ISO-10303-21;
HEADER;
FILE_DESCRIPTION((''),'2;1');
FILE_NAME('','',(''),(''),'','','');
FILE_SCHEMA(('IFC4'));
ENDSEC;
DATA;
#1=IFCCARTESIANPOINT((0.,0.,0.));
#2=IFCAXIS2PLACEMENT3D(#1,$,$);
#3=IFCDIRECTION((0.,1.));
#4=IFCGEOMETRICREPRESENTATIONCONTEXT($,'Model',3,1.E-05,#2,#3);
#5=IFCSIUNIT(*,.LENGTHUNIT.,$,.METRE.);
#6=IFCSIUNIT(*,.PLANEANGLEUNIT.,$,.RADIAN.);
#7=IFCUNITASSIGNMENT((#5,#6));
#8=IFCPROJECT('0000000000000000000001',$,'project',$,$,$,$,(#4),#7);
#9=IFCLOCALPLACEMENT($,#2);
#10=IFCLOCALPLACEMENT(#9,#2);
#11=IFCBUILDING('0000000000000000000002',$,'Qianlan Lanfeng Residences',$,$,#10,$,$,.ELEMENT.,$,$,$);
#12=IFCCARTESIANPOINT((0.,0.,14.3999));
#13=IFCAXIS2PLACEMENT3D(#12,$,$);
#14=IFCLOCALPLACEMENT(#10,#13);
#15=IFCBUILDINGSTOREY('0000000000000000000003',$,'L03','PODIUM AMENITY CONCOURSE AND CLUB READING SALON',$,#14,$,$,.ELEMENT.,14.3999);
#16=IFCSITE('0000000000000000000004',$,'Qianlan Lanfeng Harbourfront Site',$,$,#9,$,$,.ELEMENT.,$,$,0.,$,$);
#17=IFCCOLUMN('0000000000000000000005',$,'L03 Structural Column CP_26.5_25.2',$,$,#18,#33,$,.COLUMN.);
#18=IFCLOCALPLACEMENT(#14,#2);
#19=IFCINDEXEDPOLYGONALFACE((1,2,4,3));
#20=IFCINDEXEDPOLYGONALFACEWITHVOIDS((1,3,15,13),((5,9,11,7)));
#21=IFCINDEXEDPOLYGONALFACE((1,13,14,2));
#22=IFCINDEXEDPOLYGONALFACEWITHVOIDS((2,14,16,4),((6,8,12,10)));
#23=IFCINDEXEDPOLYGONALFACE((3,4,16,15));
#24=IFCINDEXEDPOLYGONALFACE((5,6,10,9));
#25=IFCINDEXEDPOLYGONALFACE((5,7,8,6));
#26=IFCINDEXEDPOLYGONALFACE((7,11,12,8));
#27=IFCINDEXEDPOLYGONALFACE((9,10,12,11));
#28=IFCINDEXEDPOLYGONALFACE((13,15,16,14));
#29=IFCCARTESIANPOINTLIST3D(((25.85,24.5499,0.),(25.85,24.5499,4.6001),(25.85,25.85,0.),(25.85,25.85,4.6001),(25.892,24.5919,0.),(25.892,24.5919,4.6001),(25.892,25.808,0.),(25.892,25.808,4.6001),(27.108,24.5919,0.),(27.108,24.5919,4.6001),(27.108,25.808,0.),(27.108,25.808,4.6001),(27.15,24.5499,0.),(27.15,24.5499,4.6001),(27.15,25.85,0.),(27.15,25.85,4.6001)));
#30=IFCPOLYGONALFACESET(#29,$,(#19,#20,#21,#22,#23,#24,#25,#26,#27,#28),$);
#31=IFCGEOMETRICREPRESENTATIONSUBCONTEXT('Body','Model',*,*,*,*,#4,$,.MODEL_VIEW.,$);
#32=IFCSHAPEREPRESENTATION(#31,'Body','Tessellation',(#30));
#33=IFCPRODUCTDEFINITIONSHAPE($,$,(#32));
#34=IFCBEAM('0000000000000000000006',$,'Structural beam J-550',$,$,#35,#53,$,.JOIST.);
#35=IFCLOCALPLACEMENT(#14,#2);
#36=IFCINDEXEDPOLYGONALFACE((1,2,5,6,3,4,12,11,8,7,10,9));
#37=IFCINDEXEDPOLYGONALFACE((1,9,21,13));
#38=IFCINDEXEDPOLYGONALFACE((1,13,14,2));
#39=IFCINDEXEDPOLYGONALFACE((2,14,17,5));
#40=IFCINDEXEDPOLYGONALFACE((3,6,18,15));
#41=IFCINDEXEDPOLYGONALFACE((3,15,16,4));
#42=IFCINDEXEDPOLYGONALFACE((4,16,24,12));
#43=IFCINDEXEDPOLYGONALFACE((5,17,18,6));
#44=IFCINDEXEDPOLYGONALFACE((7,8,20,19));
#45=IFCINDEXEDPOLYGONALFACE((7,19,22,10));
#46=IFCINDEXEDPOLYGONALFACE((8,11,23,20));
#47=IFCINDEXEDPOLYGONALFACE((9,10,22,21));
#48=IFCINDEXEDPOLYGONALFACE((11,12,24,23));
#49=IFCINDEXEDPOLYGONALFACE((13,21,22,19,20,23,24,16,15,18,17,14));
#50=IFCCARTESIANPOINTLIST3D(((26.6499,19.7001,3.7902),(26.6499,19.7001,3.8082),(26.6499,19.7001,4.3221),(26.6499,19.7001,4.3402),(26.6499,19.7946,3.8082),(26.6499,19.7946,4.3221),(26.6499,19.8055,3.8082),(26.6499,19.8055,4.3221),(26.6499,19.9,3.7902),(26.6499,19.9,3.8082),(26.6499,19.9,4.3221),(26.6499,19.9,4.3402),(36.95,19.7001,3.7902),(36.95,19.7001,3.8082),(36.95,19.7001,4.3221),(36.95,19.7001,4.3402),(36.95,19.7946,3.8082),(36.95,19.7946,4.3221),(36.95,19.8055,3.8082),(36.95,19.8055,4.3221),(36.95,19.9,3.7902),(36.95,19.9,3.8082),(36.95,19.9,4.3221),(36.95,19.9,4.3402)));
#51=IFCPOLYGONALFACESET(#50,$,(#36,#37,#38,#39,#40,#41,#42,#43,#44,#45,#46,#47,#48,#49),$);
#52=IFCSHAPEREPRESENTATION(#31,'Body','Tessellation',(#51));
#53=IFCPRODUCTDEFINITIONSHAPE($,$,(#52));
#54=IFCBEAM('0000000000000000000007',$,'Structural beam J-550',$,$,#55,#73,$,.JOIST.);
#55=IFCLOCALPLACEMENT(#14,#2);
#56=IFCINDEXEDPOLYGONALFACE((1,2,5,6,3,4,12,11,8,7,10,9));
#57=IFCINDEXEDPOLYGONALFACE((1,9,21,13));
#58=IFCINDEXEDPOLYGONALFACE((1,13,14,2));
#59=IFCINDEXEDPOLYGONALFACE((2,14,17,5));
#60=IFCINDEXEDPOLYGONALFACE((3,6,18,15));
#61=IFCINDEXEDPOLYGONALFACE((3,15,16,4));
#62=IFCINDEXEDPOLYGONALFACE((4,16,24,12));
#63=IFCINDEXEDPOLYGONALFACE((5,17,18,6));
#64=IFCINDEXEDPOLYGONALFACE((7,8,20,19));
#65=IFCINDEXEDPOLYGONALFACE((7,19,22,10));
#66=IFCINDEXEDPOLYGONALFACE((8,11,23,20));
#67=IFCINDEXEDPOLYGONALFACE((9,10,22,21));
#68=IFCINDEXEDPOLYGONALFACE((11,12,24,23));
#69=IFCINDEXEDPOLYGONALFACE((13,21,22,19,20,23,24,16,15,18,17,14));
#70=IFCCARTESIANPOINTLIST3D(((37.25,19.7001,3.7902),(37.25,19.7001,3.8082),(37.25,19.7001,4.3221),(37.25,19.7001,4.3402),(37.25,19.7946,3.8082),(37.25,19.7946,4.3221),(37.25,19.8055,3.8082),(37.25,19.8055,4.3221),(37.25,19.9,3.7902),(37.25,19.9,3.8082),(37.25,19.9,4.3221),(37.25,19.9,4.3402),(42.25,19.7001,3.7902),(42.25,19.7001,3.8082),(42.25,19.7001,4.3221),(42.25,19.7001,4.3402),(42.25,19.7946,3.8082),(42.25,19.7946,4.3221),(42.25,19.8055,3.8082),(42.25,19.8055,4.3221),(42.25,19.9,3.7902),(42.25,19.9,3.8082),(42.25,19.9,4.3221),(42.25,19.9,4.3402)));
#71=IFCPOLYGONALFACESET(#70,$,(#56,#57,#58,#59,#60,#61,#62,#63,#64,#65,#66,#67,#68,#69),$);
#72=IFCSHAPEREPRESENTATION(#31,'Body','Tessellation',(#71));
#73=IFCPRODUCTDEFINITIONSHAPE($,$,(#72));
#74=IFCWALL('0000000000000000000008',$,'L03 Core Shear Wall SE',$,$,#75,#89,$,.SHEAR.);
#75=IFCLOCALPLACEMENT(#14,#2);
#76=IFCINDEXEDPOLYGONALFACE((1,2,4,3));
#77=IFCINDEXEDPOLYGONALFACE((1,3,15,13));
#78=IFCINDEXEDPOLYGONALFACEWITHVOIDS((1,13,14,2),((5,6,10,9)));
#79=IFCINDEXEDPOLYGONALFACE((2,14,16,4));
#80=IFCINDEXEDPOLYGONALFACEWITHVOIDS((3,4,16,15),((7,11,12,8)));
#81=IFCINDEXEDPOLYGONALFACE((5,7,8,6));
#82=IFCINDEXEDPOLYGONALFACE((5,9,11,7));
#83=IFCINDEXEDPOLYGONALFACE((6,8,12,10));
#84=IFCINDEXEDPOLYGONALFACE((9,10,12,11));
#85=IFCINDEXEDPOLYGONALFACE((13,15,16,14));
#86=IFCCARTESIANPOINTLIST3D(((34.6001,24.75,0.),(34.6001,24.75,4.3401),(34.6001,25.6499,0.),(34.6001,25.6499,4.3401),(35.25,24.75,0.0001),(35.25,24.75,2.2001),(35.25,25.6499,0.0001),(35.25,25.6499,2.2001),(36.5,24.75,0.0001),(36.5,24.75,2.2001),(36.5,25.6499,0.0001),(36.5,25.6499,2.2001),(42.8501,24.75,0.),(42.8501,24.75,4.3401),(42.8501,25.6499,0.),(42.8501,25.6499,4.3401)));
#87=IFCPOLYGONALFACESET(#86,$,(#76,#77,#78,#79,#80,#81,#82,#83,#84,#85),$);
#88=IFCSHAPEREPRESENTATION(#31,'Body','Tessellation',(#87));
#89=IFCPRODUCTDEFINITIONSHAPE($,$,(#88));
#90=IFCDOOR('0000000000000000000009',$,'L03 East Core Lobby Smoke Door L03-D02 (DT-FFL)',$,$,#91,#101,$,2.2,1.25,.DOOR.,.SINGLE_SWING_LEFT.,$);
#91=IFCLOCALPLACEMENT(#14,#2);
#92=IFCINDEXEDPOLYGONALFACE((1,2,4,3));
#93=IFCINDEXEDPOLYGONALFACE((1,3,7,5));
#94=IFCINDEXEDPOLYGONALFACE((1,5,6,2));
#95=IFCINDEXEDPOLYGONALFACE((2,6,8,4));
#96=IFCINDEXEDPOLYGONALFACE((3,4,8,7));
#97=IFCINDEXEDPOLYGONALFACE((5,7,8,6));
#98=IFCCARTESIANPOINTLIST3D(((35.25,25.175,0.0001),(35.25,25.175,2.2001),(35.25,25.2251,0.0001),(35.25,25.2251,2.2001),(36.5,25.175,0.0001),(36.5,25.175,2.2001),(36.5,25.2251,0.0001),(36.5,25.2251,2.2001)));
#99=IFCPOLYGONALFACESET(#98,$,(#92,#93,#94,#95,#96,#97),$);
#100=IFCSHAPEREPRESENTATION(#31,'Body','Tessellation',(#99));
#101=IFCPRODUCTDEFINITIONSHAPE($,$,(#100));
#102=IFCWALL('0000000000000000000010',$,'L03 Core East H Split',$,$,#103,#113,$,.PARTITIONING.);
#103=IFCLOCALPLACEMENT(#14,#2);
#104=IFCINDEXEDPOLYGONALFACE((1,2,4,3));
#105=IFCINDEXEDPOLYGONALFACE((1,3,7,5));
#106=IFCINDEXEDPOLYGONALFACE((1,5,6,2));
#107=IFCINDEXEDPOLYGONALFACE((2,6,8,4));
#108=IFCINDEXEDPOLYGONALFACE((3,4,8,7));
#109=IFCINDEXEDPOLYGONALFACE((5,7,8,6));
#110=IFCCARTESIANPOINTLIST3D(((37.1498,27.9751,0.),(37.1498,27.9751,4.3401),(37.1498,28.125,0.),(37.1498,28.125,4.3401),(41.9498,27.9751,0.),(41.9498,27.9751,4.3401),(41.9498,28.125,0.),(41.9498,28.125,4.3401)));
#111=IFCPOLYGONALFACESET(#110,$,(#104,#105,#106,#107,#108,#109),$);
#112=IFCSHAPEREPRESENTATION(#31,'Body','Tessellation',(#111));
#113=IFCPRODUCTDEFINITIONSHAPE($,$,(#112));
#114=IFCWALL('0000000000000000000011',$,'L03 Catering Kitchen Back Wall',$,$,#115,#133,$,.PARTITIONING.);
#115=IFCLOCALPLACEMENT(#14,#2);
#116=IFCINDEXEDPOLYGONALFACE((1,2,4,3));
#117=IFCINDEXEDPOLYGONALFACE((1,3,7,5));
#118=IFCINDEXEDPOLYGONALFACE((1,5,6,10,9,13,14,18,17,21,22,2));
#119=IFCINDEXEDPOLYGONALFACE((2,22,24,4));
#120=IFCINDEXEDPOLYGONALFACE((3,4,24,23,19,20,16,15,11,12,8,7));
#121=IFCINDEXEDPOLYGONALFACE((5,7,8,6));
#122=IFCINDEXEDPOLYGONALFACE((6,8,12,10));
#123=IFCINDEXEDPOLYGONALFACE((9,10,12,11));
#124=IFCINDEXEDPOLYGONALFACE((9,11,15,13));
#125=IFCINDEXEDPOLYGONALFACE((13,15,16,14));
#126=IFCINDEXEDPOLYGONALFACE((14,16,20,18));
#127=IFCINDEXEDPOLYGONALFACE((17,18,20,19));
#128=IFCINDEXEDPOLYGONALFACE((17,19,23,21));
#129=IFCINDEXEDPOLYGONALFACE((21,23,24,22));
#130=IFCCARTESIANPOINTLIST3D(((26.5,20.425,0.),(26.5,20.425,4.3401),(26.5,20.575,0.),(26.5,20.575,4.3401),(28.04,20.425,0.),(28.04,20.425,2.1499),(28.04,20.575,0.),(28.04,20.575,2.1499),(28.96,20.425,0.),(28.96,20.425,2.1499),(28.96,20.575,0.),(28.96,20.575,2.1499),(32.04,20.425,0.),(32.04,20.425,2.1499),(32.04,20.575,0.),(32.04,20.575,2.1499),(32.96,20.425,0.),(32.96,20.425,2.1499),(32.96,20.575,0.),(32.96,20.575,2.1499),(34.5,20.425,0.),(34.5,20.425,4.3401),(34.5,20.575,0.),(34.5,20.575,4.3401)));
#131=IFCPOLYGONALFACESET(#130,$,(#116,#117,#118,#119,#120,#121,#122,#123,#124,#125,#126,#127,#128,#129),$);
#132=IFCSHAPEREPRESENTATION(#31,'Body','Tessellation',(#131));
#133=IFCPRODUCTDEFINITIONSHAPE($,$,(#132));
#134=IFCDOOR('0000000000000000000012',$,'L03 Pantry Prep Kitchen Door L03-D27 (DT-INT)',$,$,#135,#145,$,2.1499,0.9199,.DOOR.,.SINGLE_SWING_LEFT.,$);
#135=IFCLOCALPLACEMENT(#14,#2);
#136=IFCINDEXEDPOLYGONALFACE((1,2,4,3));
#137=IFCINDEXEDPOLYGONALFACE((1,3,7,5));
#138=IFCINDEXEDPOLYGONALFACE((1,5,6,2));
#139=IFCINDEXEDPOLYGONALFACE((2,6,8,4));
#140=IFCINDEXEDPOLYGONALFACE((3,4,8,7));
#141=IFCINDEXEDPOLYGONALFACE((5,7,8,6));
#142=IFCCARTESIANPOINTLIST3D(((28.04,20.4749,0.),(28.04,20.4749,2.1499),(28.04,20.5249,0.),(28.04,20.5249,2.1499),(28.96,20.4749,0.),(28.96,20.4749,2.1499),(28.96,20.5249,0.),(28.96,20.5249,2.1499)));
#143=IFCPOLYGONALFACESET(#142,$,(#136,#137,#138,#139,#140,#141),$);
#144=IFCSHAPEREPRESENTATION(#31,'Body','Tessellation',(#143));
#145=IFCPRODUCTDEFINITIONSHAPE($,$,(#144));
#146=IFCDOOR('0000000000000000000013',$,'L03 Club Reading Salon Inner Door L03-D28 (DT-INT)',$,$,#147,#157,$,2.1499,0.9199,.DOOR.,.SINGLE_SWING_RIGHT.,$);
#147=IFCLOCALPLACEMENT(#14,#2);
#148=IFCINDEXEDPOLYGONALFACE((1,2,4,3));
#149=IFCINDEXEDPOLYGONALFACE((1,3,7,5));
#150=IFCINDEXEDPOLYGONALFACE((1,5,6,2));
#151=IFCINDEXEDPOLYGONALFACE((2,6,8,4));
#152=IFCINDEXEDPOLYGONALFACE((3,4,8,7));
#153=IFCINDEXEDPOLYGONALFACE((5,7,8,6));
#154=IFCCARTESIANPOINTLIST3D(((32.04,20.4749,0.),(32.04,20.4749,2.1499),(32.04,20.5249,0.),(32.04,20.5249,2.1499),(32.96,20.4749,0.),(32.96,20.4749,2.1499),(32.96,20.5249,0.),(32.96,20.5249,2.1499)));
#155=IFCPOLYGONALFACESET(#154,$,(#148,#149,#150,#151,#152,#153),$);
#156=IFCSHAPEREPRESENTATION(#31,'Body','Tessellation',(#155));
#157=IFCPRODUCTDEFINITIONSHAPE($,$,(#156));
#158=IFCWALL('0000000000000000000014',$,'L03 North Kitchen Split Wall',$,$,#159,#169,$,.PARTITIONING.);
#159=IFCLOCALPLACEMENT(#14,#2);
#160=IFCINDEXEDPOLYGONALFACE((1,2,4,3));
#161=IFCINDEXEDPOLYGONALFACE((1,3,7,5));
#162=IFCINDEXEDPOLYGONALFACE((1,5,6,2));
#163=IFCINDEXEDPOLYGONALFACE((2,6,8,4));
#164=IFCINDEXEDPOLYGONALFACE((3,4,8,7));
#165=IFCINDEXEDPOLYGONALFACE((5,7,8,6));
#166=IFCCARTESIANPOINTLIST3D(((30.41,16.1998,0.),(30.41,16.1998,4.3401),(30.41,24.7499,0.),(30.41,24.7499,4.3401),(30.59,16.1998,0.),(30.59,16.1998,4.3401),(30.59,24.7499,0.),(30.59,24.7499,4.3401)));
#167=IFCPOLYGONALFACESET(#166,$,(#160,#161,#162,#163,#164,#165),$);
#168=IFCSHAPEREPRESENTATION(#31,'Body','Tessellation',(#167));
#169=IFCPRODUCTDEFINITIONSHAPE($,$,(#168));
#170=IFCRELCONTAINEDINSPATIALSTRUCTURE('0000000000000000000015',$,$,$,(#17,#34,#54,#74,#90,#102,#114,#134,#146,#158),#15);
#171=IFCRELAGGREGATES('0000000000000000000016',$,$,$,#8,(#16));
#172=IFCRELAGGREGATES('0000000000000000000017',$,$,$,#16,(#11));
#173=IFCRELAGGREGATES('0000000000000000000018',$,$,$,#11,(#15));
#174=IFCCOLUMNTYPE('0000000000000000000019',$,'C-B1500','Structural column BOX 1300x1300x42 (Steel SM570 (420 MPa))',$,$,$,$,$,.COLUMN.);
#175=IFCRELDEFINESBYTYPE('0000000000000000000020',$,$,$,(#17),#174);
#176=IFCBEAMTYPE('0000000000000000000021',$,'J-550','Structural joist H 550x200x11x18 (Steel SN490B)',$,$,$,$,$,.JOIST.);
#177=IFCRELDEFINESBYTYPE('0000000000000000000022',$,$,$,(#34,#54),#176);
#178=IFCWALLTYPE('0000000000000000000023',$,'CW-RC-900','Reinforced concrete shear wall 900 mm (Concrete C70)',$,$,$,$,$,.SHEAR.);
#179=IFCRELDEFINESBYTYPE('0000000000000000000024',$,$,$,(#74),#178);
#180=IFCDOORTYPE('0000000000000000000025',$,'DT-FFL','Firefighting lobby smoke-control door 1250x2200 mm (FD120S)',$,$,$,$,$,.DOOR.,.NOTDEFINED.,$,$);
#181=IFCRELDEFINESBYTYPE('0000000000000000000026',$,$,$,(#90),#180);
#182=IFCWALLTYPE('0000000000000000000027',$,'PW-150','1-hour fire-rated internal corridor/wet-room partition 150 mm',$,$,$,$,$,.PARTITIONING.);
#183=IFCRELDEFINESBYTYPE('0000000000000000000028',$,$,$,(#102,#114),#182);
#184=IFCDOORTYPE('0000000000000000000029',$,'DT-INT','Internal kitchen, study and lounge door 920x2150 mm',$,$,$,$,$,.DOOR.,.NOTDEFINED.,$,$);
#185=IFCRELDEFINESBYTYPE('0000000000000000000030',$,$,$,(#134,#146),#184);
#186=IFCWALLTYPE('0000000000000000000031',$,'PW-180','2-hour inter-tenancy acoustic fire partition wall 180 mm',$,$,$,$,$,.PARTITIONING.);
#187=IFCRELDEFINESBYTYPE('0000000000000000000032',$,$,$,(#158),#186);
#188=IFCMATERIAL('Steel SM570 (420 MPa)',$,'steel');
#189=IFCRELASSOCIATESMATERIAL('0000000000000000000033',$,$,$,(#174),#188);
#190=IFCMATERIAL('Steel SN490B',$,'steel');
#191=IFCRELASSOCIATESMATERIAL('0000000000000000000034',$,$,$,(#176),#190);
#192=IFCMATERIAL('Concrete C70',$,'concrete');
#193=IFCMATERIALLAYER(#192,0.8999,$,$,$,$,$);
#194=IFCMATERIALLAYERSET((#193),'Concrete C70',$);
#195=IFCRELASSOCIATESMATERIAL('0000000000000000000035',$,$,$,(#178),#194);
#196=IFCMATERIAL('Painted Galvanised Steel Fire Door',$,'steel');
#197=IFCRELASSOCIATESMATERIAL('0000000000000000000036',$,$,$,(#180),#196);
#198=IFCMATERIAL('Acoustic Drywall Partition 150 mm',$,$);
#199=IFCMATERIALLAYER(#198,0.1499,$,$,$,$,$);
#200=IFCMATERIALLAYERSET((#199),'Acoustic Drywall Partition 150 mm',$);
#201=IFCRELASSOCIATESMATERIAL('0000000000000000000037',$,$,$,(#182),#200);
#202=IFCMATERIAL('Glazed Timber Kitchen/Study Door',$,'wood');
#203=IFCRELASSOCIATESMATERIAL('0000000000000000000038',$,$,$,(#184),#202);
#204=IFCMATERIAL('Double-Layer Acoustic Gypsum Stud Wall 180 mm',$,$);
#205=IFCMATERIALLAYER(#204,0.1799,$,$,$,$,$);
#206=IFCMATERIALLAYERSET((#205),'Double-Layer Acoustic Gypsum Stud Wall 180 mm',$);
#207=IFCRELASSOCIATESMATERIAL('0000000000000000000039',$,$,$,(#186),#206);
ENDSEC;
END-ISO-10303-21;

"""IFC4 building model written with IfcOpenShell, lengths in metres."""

from ifc_helpers import new_model, si_unit, direction, frame, frame_2d, origin, origin_2d, place, context, subcontext, project, spatial, rectangle, hollow_rectangle, i_section, extrude, material, layer, layer_set, material_profile, profile_set, type_object, element, fill, save


model = new_model("IFC4")

# Units and contexts
model_context = context("Model", 3, precision=1e-05, world=origin(), true_north=direction((0.0, 1.0)))
body_context = subcontext(model_context, "Body", "Model", "MODEL_VIEW")
ifc_project = project(units=[si_unit("LENGTHUNIT", "METRE"), si_unit("PLANEANGLEUNIT", "RADIAN")], contexts=[model_context])

# Site, building, storey
site_placement = place(None, origin())
site = spatial("IfcSite", under=ifc_project, at=site_placement, Name="Qianlan Lanfeng Harbourfront Site", CompositionType="ELEMENT", RefElevation=0.0)
building_placement = place(site_placement, origin())
building = spatial("IfcBuilding", under=site, at=building_placement, Name="Qianlan Lanfeng Residences", CompositionType="ELEMENT")
storey_placement = place(building_placement, frame((0.0, 0.0, 14.3999)))
storey = spatial("IfcBuildingStorey", under=building, at=storey_placement, Name="L03", Description="PODIUM AMENITY CONCOURSE AND CLUB READING SALON", CompositionType="ELEMENT", Elevation=14.3999)

# Column
ifc_material_1 = material(Name="Steel SM570 (420 MPa)", Category="steel")
ifc_material_profile_1 = material_profile(ifc_material_1, hollow_rectangle(XDim=1.3, YDim=1.3, WallThickness=0.042, at=origin_2d()), Name="BOX 1300x1300x42")
ifc_profile_set_1 = profile_set([ifc_material_profile_1], Name="Steel SM570 (420 MPa)")
column_type = type_object("IfcColumnType", Name="C-B1500", Description="Structural column BOX 1300x1300x42 (Steel SM570 (420 MPa))", PredefinedType="COLUMN", material=ifc_profile_set_1)
column_placement = place(storey_placement, frame((26.5, 25.2, 0.0), z_axis=(0.0, 0.0, 1.0), x_axis=(1.0, 0.0, 0.0)))
element("IfcColumn", 1, at=column_placement, inside=storey, type_object=column_type, Name="L03 Structural Column CP_26.5_25.2", PredefinedType="COLUMN", context=body_context, shape_type="SweptSolid", body=[
    extrude(hollow_rectangle(XDim=1.3, YDim=1.3, WallThickness=0.042, at=origin_2d()), origin(), (0.0, 0.0, 1.0), 4.6001),
])

# Beams
ifc_material_2 = material(Name="Steel SN490B", Category="steel")
ifc_material_profile_2 = material_profile(ifc_material_2, i_section(OverallWidth=0.2, OverallDepth=0.55, WebThickness=0.011, FlangeThickness=0.0181, at=origin_2d()), Name="H 550x200x11x18")
ifc_profile_set_2 = profile_set([ifc_material_profile_2], Name="Steel SN490B")
beam_type = type_object("IfcBeamType", Name="J-550", Description="Structural joist H 550x200x11x18 (Steel SN490B)", PredefinedType="JOIST", material=ifc_profile_set_2)
beam_1_placement = place(storey_placement, frame((26.6499, 19.8, 4.0652), z_axis=(1.0, 0.0, 0.0), x_axis=(0.0, 1.0, 0.0)))
element("IfcBeam", 2, at=beam_1_placement, inside=storey, type_object=beam_type, Name="Structural beam J-550", PredefinedType="JOIST", context=body_context, shape_type="SweptSolid", body=[
    extrude(i_section(OverallWidth=0.2, OverallDepth=0.55, WebThickness=0.011, FlangeThickness=0.0181, at=origin_2d()), origin(), (0.0, 0.0, 1.0), 10.3),
])
beam_2_placement = place(storey_placement, frame((37.25, 19.8, 4.0652), z_axis=(1.0, 0.0, 0.0), x_axis=(0.0, 1.0, 0.0)))
element("IfcBeam", 3, at=beam_2_placement, inside=storey, type_object=beam_type, Name="Structural beam J-550", PredefinedType="JOIST", context=body_context, shape_type="SweptSolid", body=[
    extrude(i_section(OverallWidth=0.2, OverallDepth=0.55, WebThickness=0.011, FlangeThickness=0.0181, at=origin_2d()), origin(), (0.0, 0.0, 1.0), 5.0),
])

# Wall, opening, door
ifc_material_3 = material(Name="Concrete C70", Category="concrete")
ifc_layer_1 = layer(ifc_material_3, 0.8999)
ifc_layer_set_1 = layer_set([ifc_layer_1], Name="Concrete C70")
wall_type_1 = type_object("IfcWallType", Name="CW-RC-900", Description="Reinforced concrete shear wall 900 mm (Concrete C70)", PredefinedType="SHEAR", material=ifc_layer_set_1)
wall_1_placement = place(storey_placement, frame((34.6001, 25.2, 0.0), z_axis=(0.0, 0.0, 1.0), x_axis=(1.0, 0.0, 0.0)))
wall_1 = element("IfcWall", 4, at=wall_1_placement, inside=storey, type_object=wall_type_1, Name="L03 Core Shear Wall SE", PredefinedType="SHEAR", context=body_context, shape_type="SweptSolid", body=[
    extrude(rectangle(XDim=8.25, YDim=0.8999, at=frame_2d((4.125, 0.0))), origin(), (0.0, 0.0, 1.0), 4.3401),
])
opening_1_placement = place(wall_1_placement, frame((0.6499, 0.0, 0.0)))
opening_1 = element("IfcOpeningElement", 5, at=opening_1_placement, cuts=wall_1, PredefinedType="OPENING", context=body_context, shape_type="SweptSolid", body=[
    extrude(rectangle(XDim=1.25, YDim=2.2, at=frame_2d((0.625, 1.1001))), frame((0.0, 0.46, 0.0), z_axis=(0.0, -1.0, 0.0), x_axis=(1.0, 0.0, 0.0)), (0.0, 0.0, 1.0), 0.9199),
])
ifc_material_4 = material(Name="Painted Galvanised Steel Fire Door", Category="steel")
door_type_1 = type_object("IfcDoorType", Name="DT-FFL", Description="Firefighting lobby smoke-control door 1250x2200 mm (FD120S)", OperationType="NOTDEFINED", PredefinedType="DOOR", material=ifc_material_4)
door_1_placement = place(opening_1_placement, frame((1.25, 0.0, 0.0), z_axis=(0.0, 0.0, 1.0), x_axis=(-1.0, 0.0, 0.0)))
door_1 = element("IfcDoor", 6, at=door_1_placement, inside=storey, type_object=door_type_1, Name="L03 East Core Lobby Smoke Door L03-D02 (DT-FFL)", OperationType="SINGLE_SWING_LEFT", OverallHeight=2.2, OverallWidth=1.25, PredefinedType="DOOR", context=body_context, shape_type="SweptSolid", body=[
    extrude(rectangle(XDim=1.25, YDim=2.2, at=frame_2d((0.625, 1.1001))), frame((0.0, 0.0249, 0.0), z_axis=(0.0, -1.0, 0.0), x_axis=(1.0, 0.0, 0.0)), (0.0, 0.0, 1.0), 0.05),
])
fill(opening_1, door_1)

# Wall
ifc_material_5 = material(Name="Acoustic Drywall Partition 150 mm")
ifc_layer_2 = layer(ifc_material_5, 0.1499)
ifc_layer_set_2 = layer_set([ifc_layer_2], Name="Acoustic Drywall Partition 150 mm")
wall_type_2 = type_object("IfcWallType", Name="PW-150", Description="1-hour fire-rated internal corridor/wet-room partition 150 mm", PredefinedType="PARTITIONING", material=ifc_layer_set_2)
wall_2_placement = place(storey_placement, frame((37.1499, 28.05, 0.0), z_axis=(0.0, 0.0, 1.0), x_axis=(1.0, 0.0, 0.0)))
element("IfcWall", 7, at=wall_2_placement, inside=storey, type_object=wall_type_2, Name="L03 Core East H Split", PredefinedType="PARTITIONING", context=body_context, shape_type="SweptSolid", body=[
    extrude(rectangle(XDim=4.8, YDim=0.1499, at=frame_2d((2.3999, 0.0))), origin(), (0.0, 0.0, 1.0), 4.3401),
])

# Shared definitions
ifc_material_6 = material(Name="Glazed Timber Kitchen/Study Door", Category="wood")
door_type_2 = type_object("IfcDoorType", Name="DT-INT", Description="Internal kitchen, study and lounge door 920x2150 mm", OperationType="NOTDEFINED", PredefinedType="DOOR", material=ifc_material_6)

# Wall, openings, doors
wall_3_placement = place(storey_placement, frame((26.5, 20.5, 0.0), z_axis=(0.0, 0.0, 1.0), x_axis=(1.0, 0.0, 0.0)))
wall_3 = element("IfcWall", 8, at=wall_3_placement, inside=storey, type_object=wall_type_2, Name="L03 Catering Kitchen Back Wall", PredefinedType="PARTITIONING", context=body_context, shape_type="SweptSolid", body=[
    extrude(rectangle(XDim=8.0, YDim=0.1499, at=frame_2d((4.0, 0.0))), origin(), (0.0, 0.0, 1.0), 4.3401),
])
opening_2_placement = place(wall_3_placement, frame((1.54, 0.0, 0.0)))
opening_2 = element("IfcOpeningElement", 9, at=opening_2_placement, cuts=wall_3, PredefinedType="OPENING", context=body_context, shape_type="SweptSolid", body=[
    extrude(rectangle(XDim=0.9199, YDim=2.1499, at=frame_2d((0.46, 1.075))), frame((0.0, 0.085, 0.0), z_axis=(0.0, -1.0, 0.0), x_axis=(1.0, 0.0, 0.0)), (0.0, 0.0, 1.0), 0.1699),
])
opening_3_placement = place(wall_3_placement, frame((5.54, 0.0, 0.0)))
opening_3 = element("IfcOpeningElement", 10, at=opening_3_placement, cuts=wall_3, PredefinedType="OPENING", context=body_context, shape_type="SweptSolid", body=[
    extrude(rectangle(XDim=0.9199, YDim=2.1499, at=frame_2d((0.46, 1.075))), frame((0.0, 0.085, 0.0), z_axis=(0.0, -1.0, 0.0), x_axis=(1.0, 0.0, 0.0)), (0.0, 0.0, 1.0), 0.1699),
])
door_2_placement = place(opening_2_placement, origin())
door_2 = element("IfcDoor", 11, at=door_2_placement, inside=storey, type_object=door_type_2, Name="L03 Pantry Prep Kitchen Door L03-D27 (DT-INT)", OperationType="SINGLE_SWING_LEFT", OverallHeight=2.1499, OverallWidth=0.9199, PredefinedType="DOOR", context=body_context, shape_type="SweptSolid", body=[
    extrude(rectangle(XDim=0.9199, YDim=2.1499, at=frame_2d((0.46, 1.075))), frame((0.0, 0.0249, 0.0), z_axis=(0.0, -1.0, 0.0), x_axis=(1.0, 0.0, 0.0)), (0.0, 0.0, 1.0), 0.05),
])
fill(opening_2, door_2)
door_3_placement = place(opening_3_placement, origin())
door_3 = element("IfcDoor", 12, at=door_3_placement, inside=storey, type_object=door_type_2, Name="L03 Club Reading Salon Inner Door L03-D28 (DT-INT)", OperationType="SINGLE_SWING_RIGHT", OverallHeight=2.1499, OverallWidth=0.9199, PredefinedType="DOOR", context=body_context, shape_type="SweptSolid", body=[
    extrude(rectangle(XDim=0.9199, YDim=2.1499, at=frame_2d((0.46, 1.075))), frame((0.0, 0.0249, 0.0), z_axis=(0.0, -1.0, 0.0), x_axis=(1.0, 0.0, 0.0)), (0.0, 0.0, 1.0), 0.05),
])
fill(opening_3, door_3)
ifc_material_7 = material(Name="Double-Layer Acoustic Gypsum Stud Wall 180 mm")
ifc_layer_3 = layer(ifc_material_7, 0.1799)
ifc_layer_set_3 = layer_set([ifc_layer_3], Name="Double-Layer Acoustic Gypsum Stud Wall 180 mm")
wall_type_3 = type_object("IfcWallType", Name="PW-180", Description="2-hour inter-tenancy acoustic fire partition wall 180 mm", PredefinedType="PARTITIONING", material=ifc_layer_set_3)

# Wall
for number, where, z_axis, x_axis, name in (
    (13, (30.5, 16.2, 0.0), (0.0, 0.0, 1.0), (0.0, 1.0, 0.0), "L03 North Kitchen Split Wall"),
):
    element("IfcWall", number, at=place(storey_placement, frame(where, z_axis=z_axis, x_axis=x_axis)), inside=storey, type_object=wall_type_3, Name=name, PredefinedType="PARTITIONING", context=body_context, shape_type="SweptSolid", body=[
        extrude(rectangle(XDim=8.55, YDim=0.1799, at=frame_2d((4.2749, 0.0))), origin(), (0.0, 0.0, 1.0), 4.3401),
    ])

save(model, "model.ifc")
